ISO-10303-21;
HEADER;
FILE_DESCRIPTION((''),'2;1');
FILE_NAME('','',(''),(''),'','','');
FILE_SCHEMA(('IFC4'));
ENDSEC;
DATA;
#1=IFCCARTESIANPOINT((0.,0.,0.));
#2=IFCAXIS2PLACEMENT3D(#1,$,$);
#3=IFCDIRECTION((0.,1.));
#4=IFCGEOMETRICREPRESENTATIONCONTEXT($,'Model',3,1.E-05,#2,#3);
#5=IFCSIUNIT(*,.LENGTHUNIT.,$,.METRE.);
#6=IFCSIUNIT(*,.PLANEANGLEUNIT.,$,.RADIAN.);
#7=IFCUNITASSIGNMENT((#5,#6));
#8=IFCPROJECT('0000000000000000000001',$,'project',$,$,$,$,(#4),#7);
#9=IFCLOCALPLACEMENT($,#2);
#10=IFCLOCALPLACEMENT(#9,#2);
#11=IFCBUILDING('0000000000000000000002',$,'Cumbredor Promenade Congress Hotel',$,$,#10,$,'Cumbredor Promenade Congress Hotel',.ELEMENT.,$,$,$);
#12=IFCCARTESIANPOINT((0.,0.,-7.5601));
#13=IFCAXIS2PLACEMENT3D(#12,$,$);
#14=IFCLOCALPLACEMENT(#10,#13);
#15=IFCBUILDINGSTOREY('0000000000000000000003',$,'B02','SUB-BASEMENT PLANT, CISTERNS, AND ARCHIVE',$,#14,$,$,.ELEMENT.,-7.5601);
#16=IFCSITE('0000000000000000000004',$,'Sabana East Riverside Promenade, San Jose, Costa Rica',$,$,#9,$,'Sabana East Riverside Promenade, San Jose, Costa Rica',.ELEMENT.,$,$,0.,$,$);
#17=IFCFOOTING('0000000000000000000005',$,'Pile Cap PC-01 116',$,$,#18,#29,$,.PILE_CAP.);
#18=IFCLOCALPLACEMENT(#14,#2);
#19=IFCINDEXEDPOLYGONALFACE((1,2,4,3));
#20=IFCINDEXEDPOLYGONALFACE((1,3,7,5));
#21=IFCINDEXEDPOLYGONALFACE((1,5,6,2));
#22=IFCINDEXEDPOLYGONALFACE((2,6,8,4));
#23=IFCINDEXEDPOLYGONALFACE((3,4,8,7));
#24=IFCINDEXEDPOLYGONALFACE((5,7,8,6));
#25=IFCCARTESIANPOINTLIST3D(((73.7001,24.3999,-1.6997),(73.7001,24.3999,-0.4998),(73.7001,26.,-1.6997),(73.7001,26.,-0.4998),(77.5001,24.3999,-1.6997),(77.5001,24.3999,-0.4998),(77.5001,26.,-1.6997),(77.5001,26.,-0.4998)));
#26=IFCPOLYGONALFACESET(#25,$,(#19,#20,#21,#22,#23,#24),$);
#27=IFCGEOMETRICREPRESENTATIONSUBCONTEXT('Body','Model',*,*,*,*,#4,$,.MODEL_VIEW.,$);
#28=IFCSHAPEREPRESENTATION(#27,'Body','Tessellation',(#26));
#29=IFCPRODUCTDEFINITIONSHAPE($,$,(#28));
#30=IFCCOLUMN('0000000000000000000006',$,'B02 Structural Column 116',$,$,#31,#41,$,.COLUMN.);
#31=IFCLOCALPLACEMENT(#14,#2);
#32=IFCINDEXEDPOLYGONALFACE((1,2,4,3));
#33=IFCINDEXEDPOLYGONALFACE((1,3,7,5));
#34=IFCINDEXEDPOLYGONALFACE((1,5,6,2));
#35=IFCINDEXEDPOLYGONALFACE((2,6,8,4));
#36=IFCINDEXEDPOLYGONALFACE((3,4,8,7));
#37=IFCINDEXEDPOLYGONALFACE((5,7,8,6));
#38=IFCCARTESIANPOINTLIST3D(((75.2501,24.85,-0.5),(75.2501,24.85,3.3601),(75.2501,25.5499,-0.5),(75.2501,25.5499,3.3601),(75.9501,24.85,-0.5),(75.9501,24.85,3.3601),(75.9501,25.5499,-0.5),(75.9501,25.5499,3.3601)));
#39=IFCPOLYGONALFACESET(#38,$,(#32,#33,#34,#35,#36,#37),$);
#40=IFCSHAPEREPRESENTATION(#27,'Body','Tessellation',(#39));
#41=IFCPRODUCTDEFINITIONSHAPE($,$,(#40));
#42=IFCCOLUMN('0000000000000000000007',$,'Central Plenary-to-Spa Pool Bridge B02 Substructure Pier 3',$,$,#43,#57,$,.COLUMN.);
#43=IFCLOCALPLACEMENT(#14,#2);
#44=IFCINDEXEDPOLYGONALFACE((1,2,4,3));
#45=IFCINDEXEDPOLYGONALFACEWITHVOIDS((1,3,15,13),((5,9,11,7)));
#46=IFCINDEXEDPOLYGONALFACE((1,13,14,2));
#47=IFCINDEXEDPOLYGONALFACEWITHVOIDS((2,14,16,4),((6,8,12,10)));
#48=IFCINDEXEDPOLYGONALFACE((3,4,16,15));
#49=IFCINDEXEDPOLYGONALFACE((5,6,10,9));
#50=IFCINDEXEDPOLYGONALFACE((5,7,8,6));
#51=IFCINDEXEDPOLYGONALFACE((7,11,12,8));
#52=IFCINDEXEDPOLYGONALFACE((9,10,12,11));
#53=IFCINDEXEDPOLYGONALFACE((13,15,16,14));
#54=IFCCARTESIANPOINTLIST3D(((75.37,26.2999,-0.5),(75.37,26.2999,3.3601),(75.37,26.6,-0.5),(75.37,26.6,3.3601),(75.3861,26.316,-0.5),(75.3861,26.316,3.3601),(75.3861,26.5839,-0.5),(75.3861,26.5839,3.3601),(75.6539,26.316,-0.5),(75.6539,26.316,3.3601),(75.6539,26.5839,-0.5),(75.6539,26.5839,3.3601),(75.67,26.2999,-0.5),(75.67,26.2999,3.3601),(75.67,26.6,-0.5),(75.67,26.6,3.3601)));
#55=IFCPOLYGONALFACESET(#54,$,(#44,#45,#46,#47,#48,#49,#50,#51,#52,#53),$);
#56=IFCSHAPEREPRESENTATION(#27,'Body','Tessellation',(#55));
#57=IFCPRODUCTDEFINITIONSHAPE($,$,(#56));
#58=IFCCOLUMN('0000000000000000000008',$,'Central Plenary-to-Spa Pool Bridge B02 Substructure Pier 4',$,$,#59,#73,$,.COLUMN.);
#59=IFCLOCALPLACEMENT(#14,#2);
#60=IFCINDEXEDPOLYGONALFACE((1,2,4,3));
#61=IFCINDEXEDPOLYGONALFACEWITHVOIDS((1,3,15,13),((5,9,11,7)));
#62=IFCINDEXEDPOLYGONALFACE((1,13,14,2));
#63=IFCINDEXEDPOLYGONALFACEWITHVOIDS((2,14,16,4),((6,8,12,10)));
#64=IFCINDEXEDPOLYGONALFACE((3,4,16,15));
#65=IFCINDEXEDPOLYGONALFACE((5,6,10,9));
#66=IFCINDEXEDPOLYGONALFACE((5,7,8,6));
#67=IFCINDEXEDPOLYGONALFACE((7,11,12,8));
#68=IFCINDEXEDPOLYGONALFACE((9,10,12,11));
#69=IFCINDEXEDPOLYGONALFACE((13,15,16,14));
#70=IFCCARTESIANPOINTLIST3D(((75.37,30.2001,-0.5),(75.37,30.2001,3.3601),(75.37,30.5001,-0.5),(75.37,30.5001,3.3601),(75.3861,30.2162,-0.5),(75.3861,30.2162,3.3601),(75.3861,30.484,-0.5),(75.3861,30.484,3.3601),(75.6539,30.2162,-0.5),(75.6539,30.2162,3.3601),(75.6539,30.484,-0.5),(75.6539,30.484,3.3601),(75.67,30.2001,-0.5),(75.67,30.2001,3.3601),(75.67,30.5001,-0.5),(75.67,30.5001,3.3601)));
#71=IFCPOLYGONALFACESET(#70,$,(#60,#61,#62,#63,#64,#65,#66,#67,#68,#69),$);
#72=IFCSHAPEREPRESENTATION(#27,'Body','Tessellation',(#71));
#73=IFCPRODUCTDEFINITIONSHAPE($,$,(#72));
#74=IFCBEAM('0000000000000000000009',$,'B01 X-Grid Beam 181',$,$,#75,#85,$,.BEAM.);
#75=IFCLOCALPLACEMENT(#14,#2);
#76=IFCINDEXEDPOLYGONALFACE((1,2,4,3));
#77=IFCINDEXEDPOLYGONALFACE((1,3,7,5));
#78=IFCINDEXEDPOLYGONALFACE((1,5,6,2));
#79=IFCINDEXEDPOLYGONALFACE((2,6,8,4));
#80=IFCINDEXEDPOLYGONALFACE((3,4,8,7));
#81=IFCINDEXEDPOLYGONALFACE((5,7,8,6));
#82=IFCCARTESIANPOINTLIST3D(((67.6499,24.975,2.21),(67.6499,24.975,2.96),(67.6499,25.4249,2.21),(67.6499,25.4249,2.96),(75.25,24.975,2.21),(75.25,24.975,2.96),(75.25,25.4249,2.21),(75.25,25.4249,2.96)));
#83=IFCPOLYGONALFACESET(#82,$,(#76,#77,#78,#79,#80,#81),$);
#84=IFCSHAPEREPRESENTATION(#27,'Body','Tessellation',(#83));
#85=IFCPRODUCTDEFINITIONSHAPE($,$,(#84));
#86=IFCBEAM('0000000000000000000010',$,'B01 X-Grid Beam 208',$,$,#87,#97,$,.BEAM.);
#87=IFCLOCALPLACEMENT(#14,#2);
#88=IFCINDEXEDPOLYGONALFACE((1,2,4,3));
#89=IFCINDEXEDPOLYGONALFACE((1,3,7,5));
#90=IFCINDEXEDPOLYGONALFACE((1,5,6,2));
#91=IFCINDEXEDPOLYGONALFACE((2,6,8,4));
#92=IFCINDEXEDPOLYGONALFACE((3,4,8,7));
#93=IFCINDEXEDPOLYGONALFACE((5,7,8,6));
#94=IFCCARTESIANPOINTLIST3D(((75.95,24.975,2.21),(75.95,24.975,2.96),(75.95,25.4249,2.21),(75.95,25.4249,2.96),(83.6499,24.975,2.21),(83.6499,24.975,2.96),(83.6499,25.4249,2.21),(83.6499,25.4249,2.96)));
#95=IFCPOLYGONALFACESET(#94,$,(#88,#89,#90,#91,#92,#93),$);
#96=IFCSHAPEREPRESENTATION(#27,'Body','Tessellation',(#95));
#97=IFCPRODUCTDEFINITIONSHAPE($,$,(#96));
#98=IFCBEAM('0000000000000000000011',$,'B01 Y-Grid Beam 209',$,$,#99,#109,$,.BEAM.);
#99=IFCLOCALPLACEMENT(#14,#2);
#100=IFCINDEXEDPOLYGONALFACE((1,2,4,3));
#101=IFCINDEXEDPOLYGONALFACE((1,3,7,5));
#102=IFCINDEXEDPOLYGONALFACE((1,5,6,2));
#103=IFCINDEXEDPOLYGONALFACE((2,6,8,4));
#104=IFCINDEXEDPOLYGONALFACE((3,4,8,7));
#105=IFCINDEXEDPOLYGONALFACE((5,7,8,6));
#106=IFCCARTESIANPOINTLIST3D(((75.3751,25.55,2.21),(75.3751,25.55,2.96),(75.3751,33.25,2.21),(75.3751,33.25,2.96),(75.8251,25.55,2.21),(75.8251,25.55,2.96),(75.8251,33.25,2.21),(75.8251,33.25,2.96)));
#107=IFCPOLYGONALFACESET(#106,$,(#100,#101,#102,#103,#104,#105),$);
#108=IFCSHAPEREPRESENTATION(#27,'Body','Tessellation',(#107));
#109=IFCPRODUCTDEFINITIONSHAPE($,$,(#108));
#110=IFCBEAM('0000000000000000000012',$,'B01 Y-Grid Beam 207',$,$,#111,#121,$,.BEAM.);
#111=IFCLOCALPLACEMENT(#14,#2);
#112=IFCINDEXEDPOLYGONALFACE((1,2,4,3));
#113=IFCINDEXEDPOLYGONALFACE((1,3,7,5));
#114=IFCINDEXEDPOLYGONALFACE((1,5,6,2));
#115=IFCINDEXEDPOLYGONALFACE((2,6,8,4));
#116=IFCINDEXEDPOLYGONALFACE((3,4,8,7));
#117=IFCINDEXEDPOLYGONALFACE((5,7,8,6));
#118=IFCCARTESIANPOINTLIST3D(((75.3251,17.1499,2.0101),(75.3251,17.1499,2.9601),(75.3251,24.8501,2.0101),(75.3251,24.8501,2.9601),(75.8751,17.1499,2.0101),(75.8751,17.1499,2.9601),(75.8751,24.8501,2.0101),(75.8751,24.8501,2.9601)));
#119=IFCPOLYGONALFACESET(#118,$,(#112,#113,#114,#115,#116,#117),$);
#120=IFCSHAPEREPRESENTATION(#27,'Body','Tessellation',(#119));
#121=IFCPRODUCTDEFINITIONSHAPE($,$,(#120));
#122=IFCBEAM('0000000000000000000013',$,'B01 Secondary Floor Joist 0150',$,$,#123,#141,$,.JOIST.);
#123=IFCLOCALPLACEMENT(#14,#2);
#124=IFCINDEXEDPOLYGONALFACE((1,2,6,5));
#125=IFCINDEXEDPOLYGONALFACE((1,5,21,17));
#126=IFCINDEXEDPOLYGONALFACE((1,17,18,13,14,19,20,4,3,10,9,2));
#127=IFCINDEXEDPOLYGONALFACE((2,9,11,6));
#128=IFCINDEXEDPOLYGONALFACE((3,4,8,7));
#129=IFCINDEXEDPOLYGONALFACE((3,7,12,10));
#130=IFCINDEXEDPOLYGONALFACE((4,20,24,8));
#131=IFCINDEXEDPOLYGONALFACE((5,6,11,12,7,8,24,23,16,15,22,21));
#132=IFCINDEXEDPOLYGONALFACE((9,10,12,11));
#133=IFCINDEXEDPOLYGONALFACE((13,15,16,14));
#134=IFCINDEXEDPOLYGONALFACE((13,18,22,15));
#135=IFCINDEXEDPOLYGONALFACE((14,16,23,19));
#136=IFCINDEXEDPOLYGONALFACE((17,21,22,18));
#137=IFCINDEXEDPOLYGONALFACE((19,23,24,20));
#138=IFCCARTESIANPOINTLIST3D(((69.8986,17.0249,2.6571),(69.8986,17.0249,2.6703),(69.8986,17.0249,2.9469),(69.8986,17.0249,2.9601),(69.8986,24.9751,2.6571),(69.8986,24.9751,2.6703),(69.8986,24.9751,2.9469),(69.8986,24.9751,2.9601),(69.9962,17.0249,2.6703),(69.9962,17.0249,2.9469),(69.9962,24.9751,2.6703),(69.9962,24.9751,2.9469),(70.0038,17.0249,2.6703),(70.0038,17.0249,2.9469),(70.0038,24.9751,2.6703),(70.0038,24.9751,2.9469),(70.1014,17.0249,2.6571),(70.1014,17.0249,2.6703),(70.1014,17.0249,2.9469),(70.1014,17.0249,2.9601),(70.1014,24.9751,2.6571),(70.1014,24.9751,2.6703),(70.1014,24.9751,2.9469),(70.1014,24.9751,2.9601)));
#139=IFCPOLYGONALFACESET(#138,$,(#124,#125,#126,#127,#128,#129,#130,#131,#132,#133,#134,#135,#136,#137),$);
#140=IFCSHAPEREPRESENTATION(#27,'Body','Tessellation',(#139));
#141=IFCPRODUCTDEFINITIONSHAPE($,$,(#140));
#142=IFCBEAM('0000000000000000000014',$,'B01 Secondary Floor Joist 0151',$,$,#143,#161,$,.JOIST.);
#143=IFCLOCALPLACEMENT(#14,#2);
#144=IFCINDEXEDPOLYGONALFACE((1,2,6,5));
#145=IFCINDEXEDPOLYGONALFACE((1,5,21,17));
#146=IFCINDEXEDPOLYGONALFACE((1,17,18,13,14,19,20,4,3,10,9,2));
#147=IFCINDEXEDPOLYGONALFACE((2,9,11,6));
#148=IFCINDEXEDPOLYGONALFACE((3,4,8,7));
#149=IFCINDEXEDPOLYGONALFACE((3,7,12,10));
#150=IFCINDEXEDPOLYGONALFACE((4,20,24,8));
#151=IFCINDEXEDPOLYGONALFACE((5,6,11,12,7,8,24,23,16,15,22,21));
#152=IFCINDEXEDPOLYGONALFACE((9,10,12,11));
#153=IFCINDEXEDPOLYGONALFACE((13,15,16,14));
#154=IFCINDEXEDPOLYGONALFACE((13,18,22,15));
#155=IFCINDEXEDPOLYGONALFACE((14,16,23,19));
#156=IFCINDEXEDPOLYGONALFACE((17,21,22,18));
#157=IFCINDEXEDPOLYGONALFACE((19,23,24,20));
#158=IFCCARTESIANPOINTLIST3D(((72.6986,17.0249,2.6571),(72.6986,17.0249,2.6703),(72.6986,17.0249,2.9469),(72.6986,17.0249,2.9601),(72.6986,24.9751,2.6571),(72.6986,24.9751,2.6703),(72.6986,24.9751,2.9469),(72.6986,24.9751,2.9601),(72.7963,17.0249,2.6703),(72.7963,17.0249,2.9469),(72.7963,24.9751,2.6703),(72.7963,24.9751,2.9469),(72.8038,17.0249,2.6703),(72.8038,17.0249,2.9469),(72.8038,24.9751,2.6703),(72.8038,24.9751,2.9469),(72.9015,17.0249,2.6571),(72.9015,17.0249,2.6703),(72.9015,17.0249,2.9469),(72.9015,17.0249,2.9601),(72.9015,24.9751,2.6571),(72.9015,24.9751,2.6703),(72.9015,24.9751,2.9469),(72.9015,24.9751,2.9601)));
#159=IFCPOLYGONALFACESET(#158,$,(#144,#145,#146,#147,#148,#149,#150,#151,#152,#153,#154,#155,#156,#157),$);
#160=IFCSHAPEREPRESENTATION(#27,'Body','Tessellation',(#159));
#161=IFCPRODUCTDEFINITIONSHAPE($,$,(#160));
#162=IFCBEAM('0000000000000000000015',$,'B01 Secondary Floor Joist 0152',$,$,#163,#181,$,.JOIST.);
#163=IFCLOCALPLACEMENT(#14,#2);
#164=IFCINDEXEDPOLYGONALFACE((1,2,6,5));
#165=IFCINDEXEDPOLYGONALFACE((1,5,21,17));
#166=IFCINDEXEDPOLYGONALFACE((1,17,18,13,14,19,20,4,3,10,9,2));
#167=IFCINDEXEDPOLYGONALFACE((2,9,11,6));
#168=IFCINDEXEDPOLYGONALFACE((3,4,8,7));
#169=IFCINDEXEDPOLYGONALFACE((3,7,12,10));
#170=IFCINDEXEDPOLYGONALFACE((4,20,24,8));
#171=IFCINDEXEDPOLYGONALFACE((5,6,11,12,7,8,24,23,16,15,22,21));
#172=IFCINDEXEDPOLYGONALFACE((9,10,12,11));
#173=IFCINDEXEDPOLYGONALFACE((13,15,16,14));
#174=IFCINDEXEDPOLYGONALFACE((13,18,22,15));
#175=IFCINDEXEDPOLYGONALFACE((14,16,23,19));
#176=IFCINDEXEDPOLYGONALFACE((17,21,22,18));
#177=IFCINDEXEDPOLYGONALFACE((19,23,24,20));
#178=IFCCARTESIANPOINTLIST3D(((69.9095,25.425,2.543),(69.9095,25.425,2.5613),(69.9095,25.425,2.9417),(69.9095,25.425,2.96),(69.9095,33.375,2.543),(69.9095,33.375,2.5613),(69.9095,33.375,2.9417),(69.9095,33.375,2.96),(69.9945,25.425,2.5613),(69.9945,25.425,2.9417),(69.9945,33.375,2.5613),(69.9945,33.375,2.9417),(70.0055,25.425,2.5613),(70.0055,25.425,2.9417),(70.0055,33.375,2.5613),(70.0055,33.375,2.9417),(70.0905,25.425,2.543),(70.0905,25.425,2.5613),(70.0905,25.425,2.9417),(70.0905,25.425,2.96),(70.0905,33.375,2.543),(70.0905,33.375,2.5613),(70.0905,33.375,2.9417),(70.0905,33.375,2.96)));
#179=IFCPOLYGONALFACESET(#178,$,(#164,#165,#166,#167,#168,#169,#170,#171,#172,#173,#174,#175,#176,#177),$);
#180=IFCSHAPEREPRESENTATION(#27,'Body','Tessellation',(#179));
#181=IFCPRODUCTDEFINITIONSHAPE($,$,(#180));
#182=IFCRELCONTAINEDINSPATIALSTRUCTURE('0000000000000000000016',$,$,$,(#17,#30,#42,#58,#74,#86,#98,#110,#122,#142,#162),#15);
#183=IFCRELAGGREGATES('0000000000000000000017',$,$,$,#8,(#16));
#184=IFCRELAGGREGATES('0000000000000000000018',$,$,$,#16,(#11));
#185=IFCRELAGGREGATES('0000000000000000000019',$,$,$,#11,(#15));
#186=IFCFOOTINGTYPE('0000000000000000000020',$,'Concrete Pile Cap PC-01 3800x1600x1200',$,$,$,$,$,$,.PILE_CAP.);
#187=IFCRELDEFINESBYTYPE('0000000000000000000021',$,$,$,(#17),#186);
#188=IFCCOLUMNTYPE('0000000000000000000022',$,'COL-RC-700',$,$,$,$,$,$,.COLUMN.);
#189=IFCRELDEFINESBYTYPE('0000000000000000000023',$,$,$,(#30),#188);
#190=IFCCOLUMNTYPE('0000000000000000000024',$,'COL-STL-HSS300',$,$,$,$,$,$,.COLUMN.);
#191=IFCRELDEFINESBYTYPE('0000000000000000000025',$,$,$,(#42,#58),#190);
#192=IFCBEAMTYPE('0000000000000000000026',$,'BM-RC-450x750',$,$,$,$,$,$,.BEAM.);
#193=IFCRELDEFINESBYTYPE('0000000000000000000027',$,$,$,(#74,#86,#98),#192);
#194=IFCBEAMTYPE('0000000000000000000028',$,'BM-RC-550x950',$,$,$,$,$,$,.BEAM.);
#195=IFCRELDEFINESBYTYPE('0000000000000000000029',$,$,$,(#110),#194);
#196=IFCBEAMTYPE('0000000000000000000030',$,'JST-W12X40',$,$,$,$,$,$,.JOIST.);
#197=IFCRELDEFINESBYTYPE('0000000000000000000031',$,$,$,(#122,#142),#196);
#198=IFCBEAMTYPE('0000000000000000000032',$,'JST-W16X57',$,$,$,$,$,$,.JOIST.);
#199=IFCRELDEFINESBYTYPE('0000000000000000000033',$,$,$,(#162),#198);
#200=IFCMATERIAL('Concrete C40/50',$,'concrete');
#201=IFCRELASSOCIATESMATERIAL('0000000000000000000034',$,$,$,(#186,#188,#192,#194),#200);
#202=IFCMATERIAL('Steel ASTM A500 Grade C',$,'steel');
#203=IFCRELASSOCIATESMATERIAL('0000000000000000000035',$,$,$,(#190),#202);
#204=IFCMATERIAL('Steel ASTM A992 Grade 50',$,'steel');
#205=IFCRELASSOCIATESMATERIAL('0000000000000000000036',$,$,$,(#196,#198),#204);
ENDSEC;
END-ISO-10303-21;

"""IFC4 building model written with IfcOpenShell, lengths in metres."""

from ifc_helpers import new_model, si_unit, direction, frame, origin, origin_2d, place, context, subcontext, project, spatial, rectangle, hollow_rectangle, i_section, extrude, material, material_profile, profile_set, type_object, element, save


model = new_model("IFC4")

# Units and contexts
model_context = context("Model", 3, precision=1e-05, world=origin(), true_north=direction((0.0, 1.0)))
body_context = subcontext(model_context, "Body", "Model", "MODEL_VIEW")
ifc_project = project(units=[si_unit("LENGTHUNIT", "METRE"), si_unit("PLANEANGLEUNIT", "RADIAN")], contexts=[model_context])

# Site, building, storey
site_placement = place(None, origin())
site = spatial("IfcSite", under=ifc_project, at=site_placement, Name="Sabana East Riverside Promenade, San Jose, Costa Rica", LongName="Sabana East Riverside Promenade, San Jose, Costa Rica", CompositionType="ELEMENT", RefElevation=0.0)
building_placement = place(site_placement, origin())
building = spatial("IfcBuilding", under=site, at=building_placement, Name="Cumbredor Promenade Congress Hotel", LongName="Cumbredor Promenade Congress Hotel", CompositionType="ELEMENT")
storey_placement = place(building_placement, frame((0.0, 0.0, -7.5601)))
storey = spatial("IfcBuildingStorey", under=building, at=storey_placement, Name="B02", Description="SUB-BASEMENT PLANT, CISTERNS, AND ARCHIVE", CompositionType="ELEMENT", Elevation=-7.5601)

# Shared definitions
ifc_material_1 = material(Name="Concrete C40/50", Category="concrete")

# Footing
footing_type_1 = type_object("IfcFootingType", Name="Concrete Pile Cap PC-01 3800x1600x1200", PredefinedType="PILE_CAP", material=ifc_material_1)
footing_1_placement = place(storey_placement, frame((75.6001, 25.2, -1.6997), z_axis=(0.0, 0.0, 1.0), x_axis=(1.0, 0.0, 0.0)))
element("IfcFooting", 1, at=footing_1_placement, inside=storey, type_object=footing_type_1, Name="Pile Cap PC-01 116", PredefinedType="PILE_CAP", context=body_context, shape_type="SweptSolid", body=[
    extrude(rectangle(XDim=3.8, YDim=1.6001, at=origin_2d()), origin(), (0.0, 0.0, 1.0), 1.2),
])

# Columns
ifc_material_profile_1 = material_profile(ifc_material_1, rectangle(XDim=0.7, YDim=0.7, at=origin_2d()), Name="RC 700x700")
ifc_profile_set_1 = profile_set([ifc_material_profile_1], Name="Concrete C40/50")
column_type_1 = type_object("IfcColumnType", Name="COL-RC-700", PredefinedType="COLUMN", material=ifc_profile_set_1)
column_placement = place(storey_placement, frame((75.6001, 25.2, -0.5), z_axis=(0.0, 0.0, 1.0), x_axis=(1.0, 0.0, 0.0)))
element("IfcColumn", 2, at=column_placement, inside=storey, type_object=column_type_1, Name="B02 Structural Column 116", PredefinedType="COLUMN", context=body_context, shape_type="SweptSolid", body=[
    extrude(rectangle(XDim=0.7, YDim=0.7, at=origin_2d()), origin(), (0.0, 0.0, 1.0), 3.8601),
])
ifc_material_2 = material(Name="Steel ASTM A500 Grade C", Category="steel")
ifc_material_profile_2 = material_profile(ifc_material_2, hollow_rectangle(XDim=0.3, YDim=0.3, WallThickness=0.0161, at=origin_2d()), Name="HSS 300x300x16")
ifc_profile_set_2 = profile_set([ifc_material_profile_2], Name="Steel ASTM A500 Grade C")
column_type_2 = type_object("IfcColumnType", Name="COL-STL-HSS300", PredefinedType="COLUMN", material=ifc_profile_set_2)
for number, where, z_axis, x_axis, name in (
    (3, (75.52, 26.45, -0.5), (0.0, 0.0, 1.0), (1.0, 0.0, 0.0), "Central Plenary-to-Spa Pool Bridge B02 Substructure Pier 3"),
    (4, (75.52, 30.3501, -0.5), (0.0, 0.0, 1.0), (1.0, 0.0, 0.0), "Central Plenary-to-Spa Pool Bridge B02 Substructure Pier 4"),
):
    element("IfcColumn", number, at=place(storey_placement, frame(where, z_axis=z_axis, x_axis=x_axis)), inside=storey, type_object=column_type_2, Name=name, PredefinedType="COLUMN", context=body_context, shape_type="SweptSolid", body=[
        extrude(hollow_rectangle(XDim=0.3, YDim=0.3, WallThickness=0.0161, at=origin_2d()), origin(), (0.0, 0.0, 1.0), 3.8601),
    ])

# Beams
ifc_material_profile_3 = material_profile(ifc_material_1, rectangle(XDim=0.45, YDim=0.75, at=origin_2d()), Name="RC BEAM 450x750")
ifc_profile_set_3 = profile_set([ifc_material_profile_3], Name="Concrete C40/50")
beam_type_1 = type_object("IfcBeamType", Name="BM-RC-450x750", PredefinedType="BEAM", material=ifc_profile_set_3)
beam_1_placement = place(storey_placement, frame((67.6499, 25.2, 2.585), z_axis=(1.0, 0.0, 0.0), x_axis=(0.0, 1.0, 0.0)))
element("IfcBeam", 5, at=beam_1_placement, inside=storey, type_object=beam_type_1, Name="B01 X-Grid Beam 181", PredefinedType="BEAM", context=body_context, shape_type="SweptSolid", body=[
    extrude(rectangle(XDim=0.45, YDim=0.75, at=origin_2d()), origin(), (0.0, 0.0, 1.0), 7.6001),
])
for number, where, z_axis, x_axis, name in (
    (6, (75.95, 25.2, 2.585), (1.0, 0.0, 0.0), (0.0, 1.0, 0.0), "B01 X-Grid Beam 208"),
    (7, (75.6001, 25.55, 2.585), (0.0, 1.0, 0.0), (-1.0, 0.0, 0.0), "B01 Y-Grid Beam 209"),
):
    element("IfcBeam", number, at=place(storey_placement, frame(where, z_axis=z_axis, x_axis=x_axis)), inside=storey, type_object=beam_type_1, Name=name, PredefinedType="BEAM", context=body_context, shape_type="SweptSolid", body=[
        extrude(rectangle(XDim=0.45, YDim=0.75, at=origin_2d()), origin(), (0.0, 0.0, 1.0), 7.7),
    ])
ifc_material_profile_4 = material_profile(ifc_material_1, rectangle(XDim=0.55, YDim=0.95, at=origin_2d()), Name="RC BEAM 550x950")
ifc_profile_set_4 = profile_set([ifc_material_profile_4], Name="Concrete C40/50")
beam_type_2 = type_object("IfcBeamType", Name="BM-RC-550x950", PredefinedType="BEAM", material=ifc_profile_set_4)
beam_2_placement = place(storey_placement, frame((75.6001, 17.1499, 2.4851), z_axis=(0.0, 1.0, 0.0), x_axis=(-1.0, 0.0, 0.0)))
element("IfcBeam", 8, at=beam_2_placement, inside=storey, type_object=beam_type_2, Name="B01 Y-Grid Beam 207", PredefinedType="BEAM", context=body_context, shape_type="SweptSolid", body=[
    extrude(rectangle(XDim=0.55, YDim=0.95, at=origin_2d()), origin(), (0.0, 0.0, 1.0), 7.7002),
])
ifc_material_3 = material(Name="Steel ASTM A992 Grade 50", Category="steel")
ifc_material_profile_5 = material_profile(ifc_material_3, i_section(OverallWidth=0.2029, OverallDepth=0.303, WebThickness=0.0076, FlangeThickness=0.0132, at=origin_2d()), Name="W12X40")
ifc_profile_set_5 = profile_set([ifc_material_profile_5], Name="Steel ASTM A992 Grade 50")
beam_type_3 = type_object("IfcBeamType", Name="JST-W12X40", PredefinedType="JOIST", material=ifc_profile_set_5)
for number, where, z_axis, x_axis, name in (
    (9, (70.0, 17.0249, 2.8086), (0.0, 1.0, 0.0), (-1.0, 0.0, 0.0), "B01 Secondary Floor Joist 0150"),
    (10, (72.8, 17.0249, 2.8086), (0.0, 1.0, 0.0), (-1.0, 0.0, 0.0), "B01 Secondary Floor Joist 0151"),
):
    element("IfcBeam", number, at=place(storey_placement, frame(where, z_axis=z_axis, x_axis=x_axis)), inside=storey, type_object=beam_type_3, Name=name, PredefinedType="JOIST", context=body_context, shape_type="SweptSolid", body=[
        extrude(i_section(OverallWidth=0.2029, OverallDepth=0.303, WebThickness=0.0076, FlangeThickness=0.0132, at=origin_2d()), origin(), (0.0, 0.0, 1.0), 7.9502),
    ])
ifc_material_profile_6 = material_profile(ifc_material_3, i_section(OverallWidth=0.1809, OverallDepth=0.417, WebThickness=0.011, FlangeThickness=0.0183, at=origin_2d()), Name="W16X57")
ifc_profile_set_6 = profile_set([ifc_material_profile_6], Name="Steel ASTM A992 Grade 50")
beam_type_4 = type_object("IfcBeamType", Name="JST-W16X57", PredefinedType="JOIST", material=ifc_profile_set_6)
for number, where, z_axis, x_axis, name in (
    (11, (70.0, 25.425, 2.7515), (0.0, 1.0, 0.0), (-1.0, 0.0, 0.0), "B01 Secondary Floor Joist 0152"),
):
    element("IfcBeam", number, at=place(storey_placement, frame(where, z_axis=z_axis, x_axis=x_axis)), inside=storey, type_object=beam_type_4, Name=name, PredefinedType="JOIST", context=body_context, shape_type="SweptSolid", body=[
        extrude(i_section(OverallWidth=0.1809, OverallDepth=0.417, WebThickness=0.011, FlangeThickness=0.0183, at=origin_2d()), origin(), (0.0, 0.0, 1.0), 7.95),
    ])

save(model, "model.ifc")
